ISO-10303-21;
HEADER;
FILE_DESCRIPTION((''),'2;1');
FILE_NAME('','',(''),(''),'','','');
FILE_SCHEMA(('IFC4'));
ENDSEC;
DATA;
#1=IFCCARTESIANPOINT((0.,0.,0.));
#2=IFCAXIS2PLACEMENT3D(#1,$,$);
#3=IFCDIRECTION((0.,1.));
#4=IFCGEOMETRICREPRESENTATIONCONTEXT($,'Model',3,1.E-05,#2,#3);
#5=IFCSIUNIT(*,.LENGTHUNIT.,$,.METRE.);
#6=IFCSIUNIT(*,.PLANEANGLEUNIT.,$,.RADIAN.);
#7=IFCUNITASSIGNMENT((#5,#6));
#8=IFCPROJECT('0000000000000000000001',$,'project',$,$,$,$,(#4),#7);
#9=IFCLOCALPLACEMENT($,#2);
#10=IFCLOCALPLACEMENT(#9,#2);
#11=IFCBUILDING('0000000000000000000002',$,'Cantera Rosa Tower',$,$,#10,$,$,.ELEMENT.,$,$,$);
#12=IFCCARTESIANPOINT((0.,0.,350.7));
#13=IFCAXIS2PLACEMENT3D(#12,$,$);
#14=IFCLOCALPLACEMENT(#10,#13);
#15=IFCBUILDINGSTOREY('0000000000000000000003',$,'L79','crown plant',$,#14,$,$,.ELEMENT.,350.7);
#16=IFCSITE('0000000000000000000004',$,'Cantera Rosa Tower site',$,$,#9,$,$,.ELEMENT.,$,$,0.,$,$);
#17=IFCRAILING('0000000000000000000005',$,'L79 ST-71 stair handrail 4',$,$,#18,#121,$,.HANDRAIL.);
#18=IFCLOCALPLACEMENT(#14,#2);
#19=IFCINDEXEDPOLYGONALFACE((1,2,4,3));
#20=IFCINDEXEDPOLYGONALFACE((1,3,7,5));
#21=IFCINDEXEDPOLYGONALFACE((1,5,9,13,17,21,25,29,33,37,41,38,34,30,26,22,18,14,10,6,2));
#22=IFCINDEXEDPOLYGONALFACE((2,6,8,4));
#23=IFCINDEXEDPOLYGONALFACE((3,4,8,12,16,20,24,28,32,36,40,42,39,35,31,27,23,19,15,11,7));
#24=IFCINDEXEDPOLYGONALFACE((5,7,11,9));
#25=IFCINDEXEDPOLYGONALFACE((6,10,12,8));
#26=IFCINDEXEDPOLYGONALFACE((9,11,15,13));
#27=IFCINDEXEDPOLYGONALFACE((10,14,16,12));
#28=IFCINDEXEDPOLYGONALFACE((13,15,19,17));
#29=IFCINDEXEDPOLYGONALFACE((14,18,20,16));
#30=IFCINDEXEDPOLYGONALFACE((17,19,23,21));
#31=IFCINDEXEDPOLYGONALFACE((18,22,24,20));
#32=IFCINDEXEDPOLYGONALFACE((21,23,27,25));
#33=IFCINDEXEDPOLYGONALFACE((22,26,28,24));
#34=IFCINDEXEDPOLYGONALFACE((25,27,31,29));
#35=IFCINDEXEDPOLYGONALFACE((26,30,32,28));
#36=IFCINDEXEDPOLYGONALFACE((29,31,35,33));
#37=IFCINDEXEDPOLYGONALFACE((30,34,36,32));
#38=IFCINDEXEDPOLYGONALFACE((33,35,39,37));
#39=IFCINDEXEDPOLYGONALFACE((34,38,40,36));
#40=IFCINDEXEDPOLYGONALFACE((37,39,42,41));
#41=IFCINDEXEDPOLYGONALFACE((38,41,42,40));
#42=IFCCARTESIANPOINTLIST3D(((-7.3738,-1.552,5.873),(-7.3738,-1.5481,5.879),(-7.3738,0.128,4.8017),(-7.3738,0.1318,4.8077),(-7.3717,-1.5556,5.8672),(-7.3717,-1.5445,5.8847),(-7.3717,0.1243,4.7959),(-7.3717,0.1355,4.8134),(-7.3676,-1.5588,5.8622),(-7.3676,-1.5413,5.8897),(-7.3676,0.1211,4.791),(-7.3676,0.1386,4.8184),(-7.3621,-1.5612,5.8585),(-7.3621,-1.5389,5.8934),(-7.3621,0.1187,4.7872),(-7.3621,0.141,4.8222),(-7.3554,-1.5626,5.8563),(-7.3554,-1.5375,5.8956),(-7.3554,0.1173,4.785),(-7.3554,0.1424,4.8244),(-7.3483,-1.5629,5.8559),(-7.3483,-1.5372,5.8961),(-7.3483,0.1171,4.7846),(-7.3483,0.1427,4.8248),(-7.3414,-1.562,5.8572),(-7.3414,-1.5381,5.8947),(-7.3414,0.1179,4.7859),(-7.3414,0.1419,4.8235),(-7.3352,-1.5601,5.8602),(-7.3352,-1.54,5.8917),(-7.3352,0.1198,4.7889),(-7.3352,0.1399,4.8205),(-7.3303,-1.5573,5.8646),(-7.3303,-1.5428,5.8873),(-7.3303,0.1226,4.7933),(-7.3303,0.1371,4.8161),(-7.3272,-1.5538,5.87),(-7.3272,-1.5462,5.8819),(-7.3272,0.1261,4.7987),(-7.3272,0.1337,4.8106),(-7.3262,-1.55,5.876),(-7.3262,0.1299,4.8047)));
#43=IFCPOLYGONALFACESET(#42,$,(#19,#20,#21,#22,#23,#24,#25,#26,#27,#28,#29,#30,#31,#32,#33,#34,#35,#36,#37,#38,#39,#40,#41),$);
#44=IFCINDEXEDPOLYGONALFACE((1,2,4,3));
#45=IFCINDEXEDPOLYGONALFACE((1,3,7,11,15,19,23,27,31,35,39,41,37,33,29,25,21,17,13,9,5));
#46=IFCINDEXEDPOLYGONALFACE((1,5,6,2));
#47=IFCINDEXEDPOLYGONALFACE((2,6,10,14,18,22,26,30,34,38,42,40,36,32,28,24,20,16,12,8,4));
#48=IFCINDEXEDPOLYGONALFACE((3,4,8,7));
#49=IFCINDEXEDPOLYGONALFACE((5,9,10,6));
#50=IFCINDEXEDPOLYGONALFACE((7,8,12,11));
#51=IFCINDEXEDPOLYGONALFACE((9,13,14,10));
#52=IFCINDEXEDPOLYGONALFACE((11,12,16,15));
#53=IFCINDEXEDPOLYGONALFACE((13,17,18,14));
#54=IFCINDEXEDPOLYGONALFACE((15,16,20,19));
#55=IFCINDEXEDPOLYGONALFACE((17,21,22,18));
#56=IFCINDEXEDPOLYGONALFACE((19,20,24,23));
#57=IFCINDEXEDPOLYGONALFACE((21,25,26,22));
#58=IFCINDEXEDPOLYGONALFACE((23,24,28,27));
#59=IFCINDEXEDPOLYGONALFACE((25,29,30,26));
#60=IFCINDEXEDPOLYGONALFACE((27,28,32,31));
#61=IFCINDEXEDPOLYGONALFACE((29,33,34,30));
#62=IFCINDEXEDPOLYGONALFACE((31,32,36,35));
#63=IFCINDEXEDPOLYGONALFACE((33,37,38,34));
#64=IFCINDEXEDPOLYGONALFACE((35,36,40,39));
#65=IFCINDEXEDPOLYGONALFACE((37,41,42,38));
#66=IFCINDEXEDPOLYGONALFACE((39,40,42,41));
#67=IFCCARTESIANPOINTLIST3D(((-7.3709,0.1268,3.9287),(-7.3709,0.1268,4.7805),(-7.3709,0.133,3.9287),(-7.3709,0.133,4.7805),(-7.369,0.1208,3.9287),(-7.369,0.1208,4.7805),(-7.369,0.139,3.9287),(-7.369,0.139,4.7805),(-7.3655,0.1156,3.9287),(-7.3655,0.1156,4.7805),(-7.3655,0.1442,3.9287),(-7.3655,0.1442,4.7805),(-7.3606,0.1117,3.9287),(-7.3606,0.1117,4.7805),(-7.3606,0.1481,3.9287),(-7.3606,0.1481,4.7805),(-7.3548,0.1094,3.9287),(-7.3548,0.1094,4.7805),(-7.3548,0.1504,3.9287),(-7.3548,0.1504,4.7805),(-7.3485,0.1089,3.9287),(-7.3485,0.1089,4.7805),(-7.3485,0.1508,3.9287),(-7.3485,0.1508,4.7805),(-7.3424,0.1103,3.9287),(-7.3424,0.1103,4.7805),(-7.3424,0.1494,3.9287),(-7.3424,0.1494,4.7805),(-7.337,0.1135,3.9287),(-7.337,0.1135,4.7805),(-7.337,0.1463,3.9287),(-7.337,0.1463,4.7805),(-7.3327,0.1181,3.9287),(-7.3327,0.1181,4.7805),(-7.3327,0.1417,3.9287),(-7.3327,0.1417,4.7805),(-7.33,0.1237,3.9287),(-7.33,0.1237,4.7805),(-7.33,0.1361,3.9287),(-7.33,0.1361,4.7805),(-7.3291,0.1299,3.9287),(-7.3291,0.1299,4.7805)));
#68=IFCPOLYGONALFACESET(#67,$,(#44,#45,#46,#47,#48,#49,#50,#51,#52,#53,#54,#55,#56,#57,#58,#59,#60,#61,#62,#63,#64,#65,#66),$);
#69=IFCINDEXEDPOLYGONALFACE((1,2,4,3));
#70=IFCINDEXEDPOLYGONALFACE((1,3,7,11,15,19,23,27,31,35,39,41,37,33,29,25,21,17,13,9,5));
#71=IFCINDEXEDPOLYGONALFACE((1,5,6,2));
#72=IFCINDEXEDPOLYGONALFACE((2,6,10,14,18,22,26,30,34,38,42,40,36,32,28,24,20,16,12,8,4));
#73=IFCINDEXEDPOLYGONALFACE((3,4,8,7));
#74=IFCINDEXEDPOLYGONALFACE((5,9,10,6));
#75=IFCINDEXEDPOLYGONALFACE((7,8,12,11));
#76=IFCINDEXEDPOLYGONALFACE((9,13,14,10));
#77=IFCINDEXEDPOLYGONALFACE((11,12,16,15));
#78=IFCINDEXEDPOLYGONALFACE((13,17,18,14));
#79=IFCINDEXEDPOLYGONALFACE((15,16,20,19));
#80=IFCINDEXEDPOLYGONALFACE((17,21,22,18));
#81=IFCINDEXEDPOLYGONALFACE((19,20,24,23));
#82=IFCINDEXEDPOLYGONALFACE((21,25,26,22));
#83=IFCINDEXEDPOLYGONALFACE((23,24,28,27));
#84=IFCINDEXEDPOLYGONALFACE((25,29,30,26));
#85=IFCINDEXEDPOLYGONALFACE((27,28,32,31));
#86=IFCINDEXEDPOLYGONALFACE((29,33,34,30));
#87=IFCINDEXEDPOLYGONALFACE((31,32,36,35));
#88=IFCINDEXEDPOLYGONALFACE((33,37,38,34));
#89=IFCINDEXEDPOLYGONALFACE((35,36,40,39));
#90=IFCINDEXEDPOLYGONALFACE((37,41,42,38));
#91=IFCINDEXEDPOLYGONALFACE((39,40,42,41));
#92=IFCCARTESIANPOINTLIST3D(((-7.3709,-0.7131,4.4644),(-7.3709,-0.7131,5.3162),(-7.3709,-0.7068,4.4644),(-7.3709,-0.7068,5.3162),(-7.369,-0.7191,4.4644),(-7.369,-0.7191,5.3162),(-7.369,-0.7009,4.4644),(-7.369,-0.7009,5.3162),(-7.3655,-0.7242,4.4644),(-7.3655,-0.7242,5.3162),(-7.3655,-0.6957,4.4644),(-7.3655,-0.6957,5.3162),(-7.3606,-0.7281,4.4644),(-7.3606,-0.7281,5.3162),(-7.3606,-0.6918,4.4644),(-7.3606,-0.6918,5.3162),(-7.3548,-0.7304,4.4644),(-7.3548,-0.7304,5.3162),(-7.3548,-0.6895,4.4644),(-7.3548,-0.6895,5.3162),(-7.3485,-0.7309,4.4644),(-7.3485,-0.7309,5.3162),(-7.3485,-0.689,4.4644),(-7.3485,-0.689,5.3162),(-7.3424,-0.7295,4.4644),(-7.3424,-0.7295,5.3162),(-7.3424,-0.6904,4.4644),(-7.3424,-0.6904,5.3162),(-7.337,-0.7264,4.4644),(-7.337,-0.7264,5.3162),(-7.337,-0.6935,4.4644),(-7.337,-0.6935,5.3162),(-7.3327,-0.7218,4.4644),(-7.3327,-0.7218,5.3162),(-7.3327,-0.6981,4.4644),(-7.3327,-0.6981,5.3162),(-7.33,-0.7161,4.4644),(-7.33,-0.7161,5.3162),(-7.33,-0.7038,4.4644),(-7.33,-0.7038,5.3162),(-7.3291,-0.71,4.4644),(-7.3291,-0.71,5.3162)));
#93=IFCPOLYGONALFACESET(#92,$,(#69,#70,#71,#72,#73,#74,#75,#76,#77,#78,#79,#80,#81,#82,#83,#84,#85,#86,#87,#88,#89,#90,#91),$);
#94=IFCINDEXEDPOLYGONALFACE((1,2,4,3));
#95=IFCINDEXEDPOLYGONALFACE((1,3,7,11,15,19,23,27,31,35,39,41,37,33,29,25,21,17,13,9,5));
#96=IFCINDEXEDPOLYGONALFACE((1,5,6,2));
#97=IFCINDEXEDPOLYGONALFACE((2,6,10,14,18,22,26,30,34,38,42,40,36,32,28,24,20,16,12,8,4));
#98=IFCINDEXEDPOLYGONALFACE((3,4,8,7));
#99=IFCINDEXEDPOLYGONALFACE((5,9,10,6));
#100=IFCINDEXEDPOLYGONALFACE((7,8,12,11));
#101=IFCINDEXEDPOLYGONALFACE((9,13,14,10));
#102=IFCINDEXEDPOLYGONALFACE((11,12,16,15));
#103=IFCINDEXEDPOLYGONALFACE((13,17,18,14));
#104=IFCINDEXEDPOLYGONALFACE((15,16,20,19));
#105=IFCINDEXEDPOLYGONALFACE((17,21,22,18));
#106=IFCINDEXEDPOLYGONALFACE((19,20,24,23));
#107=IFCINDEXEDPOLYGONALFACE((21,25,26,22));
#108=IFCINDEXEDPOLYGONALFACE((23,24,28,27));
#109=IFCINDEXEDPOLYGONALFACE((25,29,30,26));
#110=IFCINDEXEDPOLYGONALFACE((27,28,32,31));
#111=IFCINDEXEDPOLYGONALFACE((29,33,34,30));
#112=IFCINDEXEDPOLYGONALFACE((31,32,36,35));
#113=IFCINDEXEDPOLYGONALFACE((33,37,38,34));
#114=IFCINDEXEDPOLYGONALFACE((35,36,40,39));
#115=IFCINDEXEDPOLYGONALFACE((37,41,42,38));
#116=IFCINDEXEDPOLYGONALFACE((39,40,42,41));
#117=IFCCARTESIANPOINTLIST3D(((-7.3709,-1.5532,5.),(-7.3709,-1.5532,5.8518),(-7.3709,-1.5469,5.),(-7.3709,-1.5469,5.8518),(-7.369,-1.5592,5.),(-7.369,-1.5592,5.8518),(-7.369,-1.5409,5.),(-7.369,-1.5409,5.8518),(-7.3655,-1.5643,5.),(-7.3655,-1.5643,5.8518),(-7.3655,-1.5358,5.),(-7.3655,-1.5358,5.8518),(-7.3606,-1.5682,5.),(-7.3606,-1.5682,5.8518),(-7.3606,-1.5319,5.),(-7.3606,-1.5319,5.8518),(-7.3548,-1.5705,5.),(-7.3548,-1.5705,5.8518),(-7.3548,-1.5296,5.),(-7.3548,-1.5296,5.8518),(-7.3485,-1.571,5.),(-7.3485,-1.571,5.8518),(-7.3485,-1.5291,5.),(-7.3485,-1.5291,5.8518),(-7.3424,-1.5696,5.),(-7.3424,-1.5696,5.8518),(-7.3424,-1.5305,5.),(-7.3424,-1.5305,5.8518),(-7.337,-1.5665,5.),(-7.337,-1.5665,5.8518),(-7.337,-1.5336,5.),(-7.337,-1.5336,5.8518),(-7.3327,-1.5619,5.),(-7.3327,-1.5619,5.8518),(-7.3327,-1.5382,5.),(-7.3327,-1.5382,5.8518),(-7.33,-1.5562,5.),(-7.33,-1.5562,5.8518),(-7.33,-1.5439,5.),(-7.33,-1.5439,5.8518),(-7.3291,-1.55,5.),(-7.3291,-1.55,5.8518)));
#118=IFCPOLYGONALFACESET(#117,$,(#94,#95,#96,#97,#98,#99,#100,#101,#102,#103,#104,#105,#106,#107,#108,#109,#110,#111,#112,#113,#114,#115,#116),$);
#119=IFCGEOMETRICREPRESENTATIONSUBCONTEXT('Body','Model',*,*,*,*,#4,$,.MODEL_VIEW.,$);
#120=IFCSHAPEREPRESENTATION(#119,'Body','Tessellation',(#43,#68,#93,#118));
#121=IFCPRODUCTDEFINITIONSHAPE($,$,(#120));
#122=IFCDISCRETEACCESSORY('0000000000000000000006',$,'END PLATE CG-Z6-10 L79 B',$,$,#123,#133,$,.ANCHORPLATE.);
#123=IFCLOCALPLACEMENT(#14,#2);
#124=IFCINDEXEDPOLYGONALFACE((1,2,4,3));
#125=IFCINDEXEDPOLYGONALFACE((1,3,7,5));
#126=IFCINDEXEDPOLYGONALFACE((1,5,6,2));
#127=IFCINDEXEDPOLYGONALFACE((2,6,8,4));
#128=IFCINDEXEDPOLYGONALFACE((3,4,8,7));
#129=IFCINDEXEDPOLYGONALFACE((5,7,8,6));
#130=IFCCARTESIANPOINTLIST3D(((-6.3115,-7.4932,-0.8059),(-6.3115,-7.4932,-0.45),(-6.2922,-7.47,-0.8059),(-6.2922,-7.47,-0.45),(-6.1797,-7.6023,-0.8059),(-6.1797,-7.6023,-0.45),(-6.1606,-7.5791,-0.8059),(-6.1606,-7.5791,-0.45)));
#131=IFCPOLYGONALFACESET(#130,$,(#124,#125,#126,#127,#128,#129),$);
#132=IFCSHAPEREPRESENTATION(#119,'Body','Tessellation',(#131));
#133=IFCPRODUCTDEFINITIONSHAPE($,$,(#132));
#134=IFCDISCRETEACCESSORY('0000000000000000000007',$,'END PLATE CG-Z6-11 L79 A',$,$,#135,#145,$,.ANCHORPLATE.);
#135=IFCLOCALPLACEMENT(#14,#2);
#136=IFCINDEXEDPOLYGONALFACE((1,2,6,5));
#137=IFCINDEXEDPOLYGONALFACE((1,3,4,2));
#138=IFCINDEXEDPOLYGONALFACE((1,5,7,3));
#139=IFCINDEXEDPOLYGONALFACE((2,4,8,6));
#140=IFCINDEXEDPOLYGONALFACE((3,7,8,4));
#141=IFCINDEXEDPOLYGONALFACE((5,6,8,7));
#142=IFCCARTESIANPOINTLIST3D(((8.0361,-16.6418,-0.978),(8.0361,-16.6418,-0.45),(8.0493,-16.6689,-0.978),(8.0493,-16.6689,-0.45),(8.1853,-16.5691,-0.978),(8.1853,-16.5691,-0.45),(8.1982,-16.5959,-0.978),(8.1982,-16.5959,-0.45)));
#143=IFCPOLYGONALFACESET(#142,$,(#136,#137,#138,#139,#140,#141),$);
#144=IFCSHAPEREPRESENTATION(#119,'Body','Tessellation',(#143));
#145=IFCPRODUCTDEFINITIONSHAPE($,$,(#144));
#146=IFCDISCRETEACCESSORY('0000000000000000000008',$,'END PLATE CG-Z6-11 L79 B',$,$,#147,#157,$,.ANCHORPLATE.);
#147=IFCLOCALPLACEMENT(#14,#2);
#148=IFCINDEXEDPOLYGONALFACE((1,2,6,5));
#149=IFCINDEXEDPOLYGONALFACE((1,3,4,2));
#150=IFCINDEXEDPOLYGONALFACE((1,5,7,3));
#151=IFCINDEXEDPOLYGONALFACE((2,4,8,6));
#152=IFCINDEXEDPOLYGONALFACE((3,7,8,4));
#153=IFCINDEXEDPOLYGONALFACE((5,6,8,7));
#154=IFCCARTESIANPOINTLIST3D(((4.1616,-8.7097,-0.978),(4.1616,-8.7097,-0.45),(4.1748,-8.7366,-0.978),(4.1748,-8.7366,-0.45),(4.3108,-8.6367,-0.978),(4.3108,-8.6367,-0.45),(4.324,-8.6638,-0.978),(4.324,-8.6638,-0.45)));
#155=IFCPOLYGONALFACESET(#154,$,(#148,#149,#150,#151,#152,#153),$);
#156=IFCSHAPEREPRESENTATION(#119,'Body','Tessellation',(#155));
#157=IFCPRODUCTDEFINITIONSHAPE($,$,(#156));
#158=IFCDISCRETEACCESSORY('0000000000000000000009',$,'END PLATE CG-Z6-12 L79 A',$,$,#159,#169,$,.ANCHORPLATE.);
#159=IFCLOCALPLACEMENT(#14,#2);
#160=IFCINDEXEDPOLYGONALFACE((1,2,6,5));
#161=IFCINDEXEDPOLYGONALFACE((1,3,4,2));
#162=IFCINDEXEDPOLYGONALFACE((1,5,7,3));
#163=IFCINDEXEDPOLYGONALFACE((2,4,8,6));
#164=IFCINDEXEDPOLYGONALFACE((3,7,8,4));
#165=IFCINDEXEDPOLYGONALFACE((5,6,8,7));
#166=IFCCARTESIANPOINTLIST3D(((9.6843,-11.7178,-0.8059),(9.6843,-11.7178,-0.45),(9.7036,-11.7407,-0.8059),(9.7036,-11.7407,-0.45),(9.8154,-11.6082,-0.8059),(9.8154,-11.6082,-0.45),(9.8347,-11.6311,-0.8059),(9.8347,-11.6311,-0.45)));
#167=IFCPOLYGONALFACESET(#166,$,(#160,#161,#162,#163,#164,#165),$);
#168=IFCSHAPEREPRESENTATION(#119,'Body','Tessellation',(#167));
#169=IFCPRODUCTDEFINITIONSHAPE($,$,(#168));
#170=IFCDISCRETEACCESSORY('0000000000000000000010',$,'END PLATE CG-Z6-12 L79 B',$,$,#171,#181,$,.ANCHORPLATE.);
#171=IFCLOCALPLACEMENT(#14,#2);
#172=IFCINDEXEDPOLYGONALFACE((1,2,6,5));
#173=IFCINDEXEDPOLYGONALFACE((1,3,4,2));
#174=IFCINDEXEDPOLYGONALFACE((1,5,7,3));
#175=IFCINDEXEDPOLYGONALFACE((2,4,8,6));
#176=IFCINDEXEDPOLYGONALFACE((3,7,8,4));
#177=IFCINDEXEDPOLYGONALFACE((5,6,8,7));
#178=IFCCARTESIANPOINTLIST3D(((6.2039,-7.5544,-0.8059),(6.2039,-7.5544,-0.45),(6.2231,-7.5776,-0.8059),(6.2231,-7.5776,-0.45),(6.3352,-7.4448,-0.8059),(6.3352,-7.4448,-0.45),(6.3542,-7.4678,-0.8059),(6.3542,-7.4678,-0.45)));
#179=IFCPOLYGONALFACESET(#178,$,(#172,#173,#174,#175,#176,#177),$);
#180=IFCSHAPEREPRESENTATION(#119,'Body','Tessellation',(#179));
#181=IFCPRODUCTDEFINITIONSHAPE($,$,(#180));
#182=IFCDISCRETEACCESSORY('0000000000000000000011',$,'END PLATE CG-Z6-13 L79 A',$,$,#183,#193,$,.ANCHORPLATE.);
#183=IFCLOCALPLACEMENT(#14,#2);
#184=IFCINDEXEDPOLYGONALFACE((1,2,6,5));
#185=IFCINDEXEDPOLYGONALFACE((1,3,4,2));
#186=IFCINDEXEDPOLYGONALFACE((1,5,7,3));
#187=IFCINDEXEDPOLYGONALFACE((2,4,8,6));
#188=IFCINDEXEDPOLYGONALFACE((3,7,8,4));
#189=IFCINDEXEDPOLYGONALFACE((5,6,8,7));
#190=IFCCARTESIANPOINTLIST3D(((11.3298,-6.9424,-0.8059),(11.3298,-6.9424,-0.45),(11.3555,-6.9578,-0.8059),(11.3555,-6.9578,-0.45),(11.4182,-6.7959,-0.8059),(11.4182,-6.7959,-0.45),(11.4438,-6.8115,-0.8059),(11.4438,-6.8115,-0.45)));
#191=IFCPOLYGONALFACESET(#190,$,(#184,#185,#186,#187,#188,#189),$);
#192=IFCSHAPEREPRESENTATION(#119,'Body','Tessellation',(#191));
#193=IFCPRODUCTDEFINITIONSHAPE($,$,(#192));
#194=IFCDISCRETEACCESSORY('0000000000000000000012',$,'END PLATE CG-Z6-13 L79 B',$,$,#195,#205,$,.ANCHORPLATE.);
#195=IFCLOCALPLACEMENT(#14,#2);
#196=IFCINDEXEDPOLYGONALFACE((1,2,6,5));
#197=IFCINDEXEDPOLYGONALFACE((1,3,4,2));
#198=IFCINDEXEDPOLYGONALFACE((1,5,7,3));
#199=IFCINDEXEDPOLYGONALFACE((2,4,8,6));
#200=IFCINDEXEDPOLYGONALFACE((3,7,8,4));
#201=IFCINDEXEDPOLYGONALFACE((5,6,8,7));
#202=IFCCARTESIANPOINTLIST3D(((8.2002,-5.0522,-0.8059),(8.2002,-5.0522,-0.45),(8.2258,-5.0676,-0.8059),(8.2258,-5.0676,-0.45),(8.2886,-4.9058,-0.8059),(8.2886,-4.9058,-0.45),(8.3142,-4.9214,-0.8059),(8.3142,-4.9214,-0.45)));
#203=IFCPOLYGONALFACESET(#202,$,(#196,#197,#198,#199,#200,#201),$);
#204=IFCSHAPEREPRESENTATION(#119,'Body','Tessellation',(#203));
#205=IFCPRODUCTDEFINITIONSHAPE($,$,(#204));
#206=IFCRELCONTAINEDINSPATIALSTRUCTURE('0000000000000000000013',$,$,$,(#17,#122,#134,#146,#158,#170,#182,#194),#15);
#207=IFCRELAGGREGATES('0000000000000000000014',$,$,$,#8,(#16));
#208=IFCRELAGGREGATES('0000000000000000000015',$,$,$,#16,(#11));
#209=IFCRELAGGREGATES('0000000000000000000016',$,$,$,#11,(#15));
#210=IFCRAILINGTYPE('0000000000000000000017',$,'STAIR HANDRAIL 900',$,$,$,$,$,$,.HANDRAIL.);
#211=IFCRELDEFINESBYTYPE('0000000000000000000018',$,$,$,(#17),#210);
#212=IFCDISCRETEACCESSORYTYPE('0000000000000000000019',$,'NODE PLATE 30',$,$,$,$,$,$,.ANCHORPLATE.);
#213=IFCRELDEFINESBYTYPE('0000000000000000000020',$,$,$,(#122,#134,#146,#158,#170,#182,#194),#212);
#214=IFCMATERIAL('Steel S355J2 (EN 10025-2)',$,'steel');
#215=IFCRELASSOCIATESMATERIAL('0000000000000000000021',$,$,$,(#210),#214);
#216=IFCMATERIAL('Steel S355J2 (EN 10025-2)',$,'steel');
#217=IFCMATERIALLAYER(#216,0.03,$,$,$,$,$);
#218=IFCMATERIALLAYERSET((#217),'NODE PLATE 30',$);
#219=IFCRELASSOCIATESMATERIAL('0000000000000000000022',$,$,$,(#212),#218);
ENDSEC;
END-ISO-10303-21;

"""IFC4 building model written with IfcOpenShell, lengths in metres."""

from ifc_helpers import new_model, si_unit, direction, frame, origin, origin_2d, place, context, subcontext, project, spatial, polyline, circle, outline, extrude, material, layer, layer_set, type_object, element, save


model = new_model("IFC4")

# Units and contexts
model_context = context("Model", 3, precision=1e-05, world=origin(), true_north=direction((0.0, 1.0)))
body_context = subcontext(model_context, "Body", "Model", "MODEL_VIEW")
ifc_project = project(units=[si_unit("LENGTHUNIT", "METRE"), si_unit("PLANEANGLEUNIT", "RADIAN")], contexts=[model_context])

# Site, building, storey
site_placement = place(None, origin())
site = spatial("IfcSite", under=ifc_project, at=site_placement, Name="Cantera Rosa Tower site", CompositionType="ELEMENT", RefElevation=0.0)
building_placement = place(site_placement, origin())
building = spatial("IfcBuilding", under=site, at=building_placement, Name="Cantera Rosa Tower", CompositionType="ELEMENT")
storey_placement = place(building_placement, frame((0.0, 0.0, 350.7)))
storey = spatial("IfcBuildingStorey", under=building, at=storey_placement, Name="L79", Description="crown plant", CompositionType="ELEMENT", Elevation=350.7)

# Railing
ifc_material_1 = material(Name="Steel S355J2 (EN 10025-2)", Category="steel")
railing_type_1 = type_object("IfcRailingType", Name="STAIR HANDRAIL 900", PredefinedType="HANDRAIL", material=ifc_material_1)
railing_1_placement = place(storey_placement, frame((-7.3501, 0.1299, 3.9287)))
element("IfcRailing", 1, at=railing_1_placement, inside=storey, type_object=railing_type_1, Name="L79 ST-71 stair handrail 4", PredefinedType="HANDRAIL", context=body_context, shape_type="SweptSolid", body=[
    extrude(circle(Radius=0.0239, at=origin_2d()), frame((0.0, 0.0, 0.876), z_axis=(0.0, -0.843152, 0.537676), x_axis=(1.0, 0.0, 0.0)), (0.0, 0.0, 1.0), 1.9924),
    extrude(circle(Radius=0.021, at=origin_2d()), origin(), (0.0, 0.0, 1.0), 0.8518),
    extrude(circle(Radius=0.021, at=origin_2d()), frame((0.0, -0.8398, 0.5356)), (0.0, 0.0, 1.0), 0.8518),
    extrude(circle(Radius=0.021, at=origin_2d()), frame((0.0, -1.6799, 1.0713)), (0.0, 0.0, 1.0), 0.8518),
])

# Discrete accessories
ifc_material_2 = material(Name="Steel S355J2 (EN 10025-2)", Category="steel")
ifc_layer_1 = layer(ifc_material_2, 0.03)
ifc_layer_set_1 = layer_set([ifc_layer_1], Name="NODE PLATE 30")
discrete_accessory_type = type_object("IfcDiscreteAccessoryType", Name="NODE PLATE 30", PredefinedType="ANCHORPLATE", material=ifc_layer_set_1)
discrete_accessory_1_placement = place(storey_placement, frame((0.0, 0.0, -0.8059)))
element("IfcDiscreteAccessory", 2, at=discrete_accessory_1_placement, inside=storey, type_object=discrete_accessory_type, Name="END PLATE CG-Z6-10 L79 B", PredefinedType="ANCHORPLATE", context=body_context, shape_type="SweptSolid", body=[
    extrude(outline(polyline([(-6.3115, -7.4932), (-6.2922, -7.47), (-6.1606, -7.5791), (-6.1797, -7.6023), (-6.3115, -7.4932)])), origin(), (0.0, 0.0, 1.0), 0.356),
])
discrete_accessory_2_placement = place(storey_placement, frame((0.0, 0.0, -0.978)))
element("IfcDiscreteAccessory", 3, at=discrete_accessory_2_placement, inside=storey, type_object=discrete_accessory_type, Name="END PLATE CG-Z6-11 L79 A", PredefinedType="ANCHORPLATE", context=body_context, shape_type="SweptSolid", body=[
    extrude(outline(polyline([(8.1853, -16.5691), (8.1982, -16.5959), (8.0493, -16.6689), (8.0361, -16.6418), (8.1853, -16.5691)])), origin(), (0.0, 0.0, 1.0), 0.5281),
])
discrete_accessory_3_placement = place(storey_placement, frame((0.0, 0.0, -0.978)))
element("IfcDiscreteAccessory", 4, at=discrete_accessory_3_placement, inside=storey, type_object=discrete_accessory_type, Name="END PLATE CG-Z6-11 L79 B", PredefinedType="ANCHORPLATE", context=body_context, shape_type="SweptSolid", body=[
    extrude(outline(polyline([(4.1748, -8.7366), (4.1616, -8.7097), (4.3108, -8.6367), (4.324, -8.6638), (4.1748, -8.7366)])), origin(), (0.0, 0.0, 1.0), 0.5281),
])
discrete_accessory_4_placement = place(storey_placement, frame((0.0, 0.0, -0.8059)))
element("IfcDiscreteAccessory", 5, at=discrete_accessory_4_placement, inside=storey, type_object=discrete_accessory_type, Name="END PLATE CG-Z6-12 L79 A", PredefinedType="ANCHORPLATE", context=body_context, shape_type="SweptSolid", body=[
    extrude(outline(polyline([(9.8154, -11.6082), (9.8347, -11.6311), (9.7036, -11.7407), (9.6843, -11.7178), (9.8154, -11.6082)])), origin(), (0.0, 0.0, 1.0), 0.356),
])
discrete_accessory_5_placement = place(storey_placement, frame((0.0, 0.0, -0.8059)))
element("IfcDiscreteAccessory", 6, at=discrete_accessory_5_placement, inside=storey, type_object=discrete_accessory_type, Name="END PLATE CG-Z6-12 L79 B", PredefinedType="ANCHORPLATE", context=body_context, shape_type="SweptSolid", body=[
    extrude(outline(polyline([(6.2231, -7.5776), (6.2039, -7.5544), (6.3352, -7.4448), (6.3542, -7.4678), (6.2231, -7.5776)])), origin(), (0.0, 0.0, 1.0), 0.356),
])
discrete_accessory_6_placement = place(storey_placement, frame((0.0, 0.0, -0.8059)))
element("IfcDiscreteAccessory", 7, at=discrete_accessory_6_placement, inside=storey, type_object=discrete_accessory_type, Name="END PLATE CG-Z6-13 L79 A", PredefinedType="ANCHORPLATE", context=body_context, shape_type="SweptSolid", body=[
    extrude(outline(polyline([(11.4182, -6.7959), (11.4438, -6.8115), (11.3555, -6.9578), (11.3298, -6.9424), (11.4182, -6.7959)])), origin(), (0.0, 0.0, 1.0), 0.356),
])
discrete_accessory_7_placement = place(storey_placement, frame((0.0, 0.0, -0.8059)))
element("IfcDiscreteAccessory", 8, at=discrete_accessory_7_placement, inside=storey, type_object=discrete_accessory_type, Name="END PLATE CG-Z6-13 L79 B", PredefinedType="ANCHORPLATE", context=body_context, shape_type="SweptSolid", body=[
    extrude(outline(polyline([(8.2258, -5.0676), (8.2002, -5.0522), (8.2886, -4.9058), (8.3142, -4.9214), (8.2258, -5.0676)])), origin(), (0.0, 0.0, 1.0), 0.356),
])

save(model, "model.ifc")
